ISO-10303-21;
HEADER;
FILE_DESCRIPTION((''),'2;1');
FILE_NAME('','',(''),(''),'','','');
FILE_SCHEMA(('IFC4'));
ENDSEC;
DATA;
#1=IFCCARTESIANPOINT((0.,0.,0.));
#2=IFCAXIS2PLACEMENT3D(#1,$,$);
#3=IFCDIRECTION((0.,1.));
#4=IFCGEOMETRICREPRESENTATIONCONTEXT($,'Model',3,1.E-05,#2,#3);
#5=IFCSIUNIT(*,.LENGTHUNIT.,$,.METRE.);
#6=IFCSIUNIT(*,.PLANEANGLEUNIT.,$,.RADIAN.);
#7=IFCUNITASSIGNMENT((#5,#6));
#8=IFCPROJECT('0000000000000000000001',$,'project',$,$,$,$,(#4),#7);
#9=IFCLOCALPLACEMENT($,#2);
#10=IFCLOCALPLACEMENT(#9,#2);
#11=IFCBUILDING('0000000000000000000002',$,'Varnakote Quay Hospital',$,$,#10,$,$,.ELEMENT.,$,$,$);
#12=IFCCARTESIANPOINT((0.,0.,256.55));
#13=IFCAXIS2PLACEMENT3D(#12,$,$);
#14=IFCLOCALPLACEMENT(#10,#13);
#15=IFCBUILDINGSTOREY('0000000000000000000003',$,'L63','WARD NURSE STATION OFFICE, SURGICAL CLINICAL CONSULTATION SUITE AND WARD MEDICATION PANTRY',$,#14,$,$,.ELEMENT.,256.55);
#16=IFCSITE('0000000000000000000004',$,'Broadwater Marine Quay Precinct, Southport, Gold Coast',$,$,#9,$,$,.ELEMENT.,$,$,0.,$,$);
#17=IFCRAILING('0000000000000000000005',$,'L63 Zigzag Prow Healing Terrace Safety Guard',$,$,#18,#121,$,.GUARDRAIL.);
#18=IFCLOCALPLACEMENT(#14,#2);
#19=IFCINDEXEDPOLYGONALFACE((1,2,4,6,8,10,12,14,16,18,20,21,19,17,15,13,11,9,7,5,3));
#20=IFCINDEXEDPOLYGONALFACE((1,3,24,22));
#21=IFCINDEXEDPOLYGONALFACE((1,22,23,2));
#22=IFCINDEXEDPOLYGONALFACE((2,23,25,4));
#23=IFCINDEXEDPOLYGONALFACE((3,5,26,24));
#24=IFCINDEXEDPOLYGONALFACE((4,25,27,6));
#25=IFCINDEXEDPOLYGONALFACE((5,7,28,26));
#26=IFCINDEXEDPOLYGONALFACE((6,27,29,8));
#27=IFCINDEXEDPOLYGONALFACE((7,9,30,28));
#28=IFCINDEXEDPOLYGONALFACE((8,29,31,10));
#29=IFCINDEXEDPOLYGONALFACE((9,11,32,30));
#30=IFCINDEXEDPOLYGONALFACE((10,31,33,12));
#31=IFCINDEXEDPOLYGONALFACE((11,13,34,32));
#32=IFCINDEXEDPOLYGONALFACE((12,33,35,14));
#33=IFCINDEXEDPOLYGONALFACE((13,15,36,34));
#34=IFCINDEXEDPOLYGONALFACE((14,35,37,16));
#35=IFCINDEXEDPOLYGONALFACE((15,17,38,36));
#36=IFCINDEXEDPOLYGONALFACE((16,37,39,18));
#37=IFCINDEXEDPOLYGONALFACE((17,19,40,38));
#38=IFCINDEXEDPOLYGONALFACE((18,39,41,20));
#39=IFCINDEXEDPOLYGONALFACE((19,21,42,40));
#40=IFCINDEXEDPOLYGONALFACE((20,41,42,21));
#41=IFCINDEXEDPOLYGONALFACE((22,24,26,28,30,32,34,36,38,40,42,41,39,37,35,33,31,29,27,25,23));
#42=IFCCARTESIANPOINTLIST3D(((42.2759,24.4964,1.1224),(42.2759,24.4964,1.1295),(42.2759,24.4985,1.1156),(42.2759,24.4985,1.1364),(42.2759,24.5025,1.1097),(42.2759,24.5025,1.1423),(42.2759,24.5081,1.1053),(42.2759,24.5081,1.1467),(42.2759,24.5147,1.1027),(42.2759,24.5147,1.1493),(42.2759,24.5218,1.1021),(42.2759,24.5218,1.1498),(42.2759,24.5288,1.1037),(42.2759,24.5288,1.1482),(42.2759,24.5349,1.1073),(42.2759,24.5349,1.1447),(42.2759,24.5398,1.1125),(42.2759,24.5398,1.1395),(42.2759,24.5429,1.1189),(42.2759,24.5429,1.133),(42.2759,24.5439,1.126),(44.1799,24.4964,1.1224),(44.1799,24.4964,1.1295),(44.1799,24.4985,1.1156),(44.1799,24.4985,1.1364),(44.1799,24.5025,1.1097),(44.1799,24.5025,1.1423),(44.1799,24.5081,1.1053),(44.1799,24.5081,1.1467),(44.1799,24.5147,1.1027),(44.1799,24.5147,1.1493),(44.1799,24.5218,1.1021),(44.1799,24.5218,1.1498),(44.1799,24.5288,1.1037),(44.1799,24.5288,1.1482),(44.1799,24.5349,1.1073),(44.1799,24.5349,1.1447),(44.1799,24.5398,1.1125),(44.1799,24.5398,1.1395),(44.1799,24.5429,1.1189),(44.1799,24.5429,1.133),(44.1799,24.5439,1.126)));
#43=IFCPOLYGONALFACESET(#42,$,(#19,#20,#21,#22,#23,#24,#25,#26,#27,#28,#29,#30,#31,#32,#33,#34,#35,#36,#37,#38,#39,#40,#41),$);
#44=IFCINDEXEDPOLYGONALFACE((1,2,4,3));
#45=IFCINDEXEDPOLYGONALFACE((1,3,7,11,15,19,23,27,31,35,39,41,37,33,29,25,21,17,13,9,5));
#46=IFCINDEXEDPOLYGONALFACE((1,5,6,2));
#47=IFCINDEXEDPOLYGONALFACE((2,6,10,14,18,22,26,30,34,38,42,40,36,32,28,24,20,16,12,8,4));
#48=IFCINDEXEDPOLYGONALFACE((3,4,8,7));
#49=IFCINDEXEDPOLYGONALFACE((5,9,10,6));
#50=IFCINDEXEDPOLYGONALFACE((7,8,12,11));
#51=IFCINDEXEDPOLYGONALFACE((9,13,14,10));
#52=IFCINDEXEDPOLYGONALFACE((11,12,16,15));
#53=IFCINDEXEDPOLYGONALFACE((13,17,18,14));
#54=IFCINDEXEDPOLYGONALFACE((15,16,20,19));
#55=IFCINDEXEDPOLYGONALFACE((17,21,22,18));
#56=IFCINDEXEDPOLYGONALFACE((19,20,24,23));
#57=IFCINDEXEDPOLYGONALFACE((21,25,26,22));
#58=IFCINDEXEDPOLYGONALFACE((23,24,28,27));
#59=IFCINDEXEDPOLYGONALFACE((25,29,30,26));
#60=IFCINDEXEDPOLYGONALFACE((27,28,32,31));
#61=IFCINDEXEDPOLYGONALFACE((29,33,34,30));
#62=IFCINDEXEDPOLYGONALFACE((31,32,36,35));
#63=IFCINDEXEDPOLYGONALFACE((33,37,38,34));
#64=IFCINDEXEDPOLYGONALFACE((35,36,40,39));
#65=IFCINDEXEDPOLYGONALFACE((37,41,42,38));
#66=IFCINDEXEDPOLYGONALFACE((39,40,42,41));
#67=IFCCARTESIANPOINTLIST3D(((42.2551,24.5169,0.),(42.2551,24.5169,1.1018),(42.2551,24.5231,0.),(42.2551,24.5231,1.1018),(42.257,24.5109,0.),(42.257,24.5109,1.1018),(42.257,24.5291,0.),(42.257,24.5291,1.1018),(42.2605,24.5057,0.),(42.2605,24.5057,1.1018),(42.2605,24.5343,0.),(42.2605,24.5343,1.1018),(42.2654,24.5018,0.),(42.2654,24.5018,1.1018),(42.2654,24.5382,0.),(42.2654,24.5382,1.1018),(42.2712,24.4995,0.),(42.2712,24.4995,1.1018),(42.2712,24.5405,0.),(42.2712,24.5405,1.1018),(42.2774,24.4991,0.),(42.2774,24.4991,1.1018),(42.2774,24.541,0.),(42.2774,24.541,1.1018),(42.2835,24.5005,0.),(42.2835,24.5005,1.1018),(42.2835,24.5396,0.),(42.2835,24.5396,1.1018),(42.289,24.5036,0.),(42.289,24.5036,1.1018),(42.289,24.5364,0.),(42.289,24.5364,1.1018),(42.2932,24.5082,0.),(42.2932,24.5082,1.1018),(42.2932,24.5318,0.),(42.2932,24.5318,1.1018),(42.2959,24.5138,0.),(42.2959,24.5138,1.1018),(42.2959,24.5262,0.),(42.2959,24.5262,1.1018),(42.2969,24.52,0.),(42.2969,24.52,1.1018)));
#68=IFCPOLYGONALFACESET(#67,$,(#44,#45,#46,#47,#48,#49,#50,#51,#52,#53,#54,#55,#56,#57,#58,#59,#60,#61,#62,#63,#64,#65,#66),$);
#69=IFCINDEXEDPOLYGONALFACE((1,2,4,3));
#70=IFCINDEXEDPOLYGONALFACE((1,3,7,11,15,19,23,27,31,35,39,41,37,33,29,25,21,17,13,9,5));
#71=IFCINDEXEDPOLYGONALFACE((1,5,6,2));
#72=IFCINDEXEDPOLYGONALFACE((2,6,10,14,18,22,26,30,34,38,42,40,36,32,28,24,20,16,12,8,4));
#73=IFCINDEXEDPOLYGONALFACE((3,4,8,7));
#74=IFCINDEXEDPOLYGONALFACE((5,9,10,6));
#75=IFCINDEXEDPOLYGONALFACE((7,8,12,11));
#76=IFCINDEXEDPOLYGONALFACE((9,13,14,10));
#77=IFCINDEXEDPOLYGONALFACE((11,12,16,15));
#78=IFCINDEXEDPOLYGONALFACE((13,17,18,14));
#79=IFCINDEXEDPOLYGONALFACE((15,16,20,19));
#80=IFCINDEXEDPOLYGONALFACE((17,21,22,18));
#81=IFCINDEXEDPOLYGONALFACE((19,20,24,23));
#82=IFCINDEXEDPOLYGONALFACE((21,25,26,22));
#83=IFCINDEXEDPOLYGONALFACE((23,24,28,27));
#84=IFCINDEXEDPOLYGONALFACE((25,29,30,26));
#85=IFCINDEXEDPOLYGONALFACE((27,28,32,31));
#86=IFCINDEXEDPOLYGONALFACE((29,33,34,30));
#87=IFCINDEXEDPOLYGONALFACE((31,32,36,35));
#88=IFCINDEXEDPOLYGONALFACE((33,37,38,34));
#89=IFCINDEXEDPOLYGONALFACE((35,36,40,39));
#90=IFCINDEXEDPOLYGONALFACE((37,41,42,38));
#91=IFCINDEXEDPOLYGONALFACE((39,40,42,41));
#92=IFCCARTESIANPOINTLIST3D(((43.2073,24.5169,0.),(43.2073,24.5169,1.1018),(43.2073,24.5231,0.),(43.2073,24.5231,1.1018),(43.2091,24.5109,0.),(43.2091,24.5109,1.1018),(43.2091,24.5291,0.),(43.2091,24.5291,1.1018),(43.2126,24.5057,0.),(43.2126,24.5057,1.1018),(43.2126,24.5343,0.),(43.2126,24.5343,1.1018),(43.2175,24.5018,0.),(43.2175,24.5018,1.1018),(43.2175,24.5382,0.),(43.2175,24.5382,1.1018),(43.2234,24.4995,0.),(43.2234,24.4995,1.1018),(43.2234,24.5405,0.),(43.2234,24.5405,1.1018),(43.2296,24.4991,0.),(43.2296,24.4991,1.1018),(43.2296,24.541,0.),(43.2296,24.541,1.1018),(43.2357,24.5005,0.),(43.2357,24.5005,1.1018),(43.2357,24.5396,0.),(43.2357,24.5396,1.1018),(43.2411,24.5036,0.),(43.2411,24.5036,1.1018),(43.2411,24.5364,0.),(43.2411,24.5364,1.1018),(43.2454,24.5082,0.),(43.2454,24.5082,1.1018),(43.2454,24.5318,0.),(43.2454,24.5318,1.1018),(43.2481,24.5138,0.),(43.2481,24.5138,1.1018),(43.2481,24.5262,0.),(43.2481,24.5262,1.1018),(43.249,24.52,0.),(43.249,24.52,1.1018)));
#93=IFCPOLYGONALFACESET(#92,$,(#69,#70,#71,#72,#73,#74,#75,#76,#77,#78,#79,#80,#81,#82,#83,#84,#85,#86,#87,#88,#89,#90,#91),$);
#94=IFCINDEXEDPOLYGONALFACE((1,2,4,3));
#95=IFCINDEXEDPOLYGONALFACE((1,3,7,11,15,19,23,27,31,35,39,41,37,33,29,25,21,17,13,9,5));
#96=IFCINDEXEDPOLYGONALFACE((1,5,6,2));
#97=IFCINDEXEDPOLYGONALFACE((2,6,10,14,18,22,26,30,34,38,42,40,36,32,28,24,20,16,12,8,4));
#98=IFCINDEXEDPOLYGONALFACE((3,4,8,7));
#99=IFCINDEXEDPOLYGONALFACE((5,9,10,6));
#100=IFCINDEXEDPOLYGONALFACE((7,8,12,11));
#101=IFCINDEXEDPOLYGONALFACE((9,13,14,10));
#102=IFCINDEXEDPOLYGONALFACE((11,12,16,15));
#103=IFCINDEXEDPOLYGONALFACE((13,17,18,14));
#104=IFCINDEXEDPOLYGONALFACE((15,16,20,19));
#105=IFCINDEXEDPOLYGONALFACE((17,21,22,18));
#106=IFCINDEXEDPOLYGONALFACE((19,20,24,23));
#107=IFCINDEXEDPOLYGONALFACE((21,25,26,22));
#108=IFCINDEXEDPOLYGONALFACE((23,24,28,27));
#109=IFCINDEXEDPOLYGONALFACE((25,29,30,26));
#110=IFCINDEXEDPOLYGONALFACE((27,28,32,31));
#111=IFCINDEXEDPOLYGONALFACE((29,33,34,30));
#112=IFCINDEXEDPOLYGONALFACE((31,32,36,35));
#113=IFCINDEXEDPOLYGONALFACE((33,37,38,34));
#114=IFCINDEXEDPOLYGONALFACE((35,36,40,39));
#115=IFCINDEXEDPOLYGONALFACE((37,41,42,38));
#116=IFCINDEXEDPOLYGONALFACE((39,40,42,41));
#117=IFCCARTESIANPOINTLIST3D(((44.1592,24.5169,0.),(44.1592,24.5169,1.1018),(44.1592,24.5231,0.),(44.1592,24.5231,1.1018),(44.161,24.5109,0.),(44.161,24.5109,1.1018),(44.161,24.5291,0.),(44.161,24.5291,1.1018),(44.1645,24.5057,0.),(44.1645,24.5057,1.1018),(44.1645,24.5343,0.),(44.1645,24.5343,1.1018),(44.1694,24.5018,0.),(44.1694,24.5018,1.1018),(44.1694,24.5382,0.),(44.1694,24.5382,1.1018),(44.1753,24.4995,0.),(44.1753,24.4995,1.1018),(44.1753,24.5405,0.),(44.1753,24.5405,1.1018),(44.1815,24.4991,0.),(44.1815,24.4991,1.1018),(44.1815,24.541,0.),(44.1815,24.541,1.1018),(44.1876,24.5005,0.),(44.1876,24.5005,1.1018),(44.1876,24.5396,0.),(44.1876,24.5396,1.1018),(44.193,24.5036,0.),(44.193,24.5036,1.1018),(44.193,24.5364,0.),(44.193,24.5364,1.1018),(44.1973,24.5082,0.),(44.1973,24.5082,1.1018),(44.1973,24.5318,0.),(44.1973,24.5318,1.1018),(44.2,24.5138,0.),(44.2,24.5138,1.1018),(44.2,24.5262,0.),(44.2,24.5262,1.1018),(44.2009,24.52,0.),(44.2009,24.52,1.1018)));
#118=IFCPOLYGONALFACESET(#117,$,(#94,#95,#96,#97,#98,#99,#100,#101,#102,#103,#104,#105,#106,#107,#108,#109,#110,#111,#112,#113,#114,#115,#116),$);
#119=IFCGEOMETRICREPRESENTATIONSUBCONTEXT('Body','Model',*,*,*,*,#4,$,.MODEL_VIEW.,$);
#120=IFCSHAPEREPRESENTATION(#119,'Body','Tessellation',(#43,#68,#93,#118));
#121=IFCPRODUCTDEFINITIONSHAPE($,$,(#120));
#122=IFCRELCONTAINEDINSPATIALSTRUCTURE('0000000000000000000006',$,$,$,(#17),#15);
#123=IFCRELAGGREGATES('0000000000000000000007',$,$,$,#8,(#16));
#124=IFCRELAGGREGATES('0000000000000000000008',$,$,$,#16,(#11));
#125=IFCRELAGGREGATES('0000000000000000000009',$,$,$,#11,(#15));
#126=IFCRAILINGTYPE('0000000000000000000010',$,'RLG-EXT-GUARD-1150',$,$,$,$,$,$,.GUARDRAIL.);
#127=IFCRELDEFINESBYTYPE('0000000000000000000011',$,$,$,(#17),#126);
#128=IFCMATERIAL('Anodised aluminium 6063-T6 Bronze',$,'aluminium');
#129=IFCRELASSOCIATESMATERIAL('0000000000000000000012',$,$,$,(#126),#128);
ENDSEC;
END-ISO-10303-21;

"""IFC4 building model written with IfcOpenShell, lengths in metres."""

from ifc_helpers import new_model, si_unit, direction, frame, origin, origin_2d, place, context, subcontext, project, spatial, circle, extrude, material, type_object, element, save


model = new_model("IFC4")

# Units and contexts
model_context = context("Model", 3, precision=1e-05, world=origin(), true_north=direction((0.0, 1.0)))
body_context = subcontext(model_context, "Body", "Model", "MODEL_VIEW")
ifc_project = project(units=[si_unit("LENGTHUNIT", "METRE"), si_unit("PLANEANGLEUNIT", "RADIAN")], contexts=[model_context])

# Site, building, storey
site_placement = place(None, origin())
site = spatial("IfcSite", under=ifc_project, at=site_placement, Name="Broadwater Marine Quay Precinct, Southport, Gold Coast", CompositionType="ELEMENT", RefElevation=0.0)
building_placement = place(site_placement, origin())
building = spatial("IfcBuilding", under=site, at=building_placement, Name="Varnakote Quay Hospital", CompositionType="ELEMENT")
storey_placement = place(building_placement, frame((0.0, 0.0, 256.55)))
storey = spatial("IfcBuildingStorey", under=building, at=storey_placement, Name="L63", Description="WARD NURSE STATION OFFICE, SURGICAL CLINICAL CONSULTATION SUITE AND WARD MEDICATION PANTRY", CompositionType="ELEMENT", Elevation=256.55)

# Railing
ifc_material_1 = material(Name="Anodised aluminium 6063-T6 Bronze", Category="aluminium")
railing_type = type_object("IfcRailingType", Name="RLG-EXT-GUARD-1150", PredefinedType="GUARDRAIL", material=ifc_material_1)
railing_1_placement = place(storey_placement, frame((42.2759, 24.52, 0.0)))
element("IfcRailing", 1, at=railing_1_placement, inside=storey, type_object=railing_type, Name="L63 Zigzag Prow Healing Terrace Safety Guard", PredefinedType="GUARDRAIL", context=body_context, shape_type="SweptSolid", body=[
    extrude(circle(Radius=0.0239, at=origin_2d()), frame((0.0, 0.0, 1.126), z_axis=(1.0, 0.0, 0.0), x_axis=(0.0, 1.0, 0.0)), (0.0, 0.0, 1.0), 1.9041),
    extrude(circle(Radius=0.021, at=origin_2d()), origin(), (0.0, 0.0, 1.0), 1.1018),
    extrude(circle(Radius=0.021, at=origin_2d()), frame((0.9521, 0.0, 0.0)), (0.0, 0.0, 1.0), 1.1018),
    extrude(circle(Radius=0.021, at=origin_2d()), frame((1.9041, 0.0, 0.0)), (0.0, 0.0, 1.0), 1.1018),
])

save(model, "model.ifc")
